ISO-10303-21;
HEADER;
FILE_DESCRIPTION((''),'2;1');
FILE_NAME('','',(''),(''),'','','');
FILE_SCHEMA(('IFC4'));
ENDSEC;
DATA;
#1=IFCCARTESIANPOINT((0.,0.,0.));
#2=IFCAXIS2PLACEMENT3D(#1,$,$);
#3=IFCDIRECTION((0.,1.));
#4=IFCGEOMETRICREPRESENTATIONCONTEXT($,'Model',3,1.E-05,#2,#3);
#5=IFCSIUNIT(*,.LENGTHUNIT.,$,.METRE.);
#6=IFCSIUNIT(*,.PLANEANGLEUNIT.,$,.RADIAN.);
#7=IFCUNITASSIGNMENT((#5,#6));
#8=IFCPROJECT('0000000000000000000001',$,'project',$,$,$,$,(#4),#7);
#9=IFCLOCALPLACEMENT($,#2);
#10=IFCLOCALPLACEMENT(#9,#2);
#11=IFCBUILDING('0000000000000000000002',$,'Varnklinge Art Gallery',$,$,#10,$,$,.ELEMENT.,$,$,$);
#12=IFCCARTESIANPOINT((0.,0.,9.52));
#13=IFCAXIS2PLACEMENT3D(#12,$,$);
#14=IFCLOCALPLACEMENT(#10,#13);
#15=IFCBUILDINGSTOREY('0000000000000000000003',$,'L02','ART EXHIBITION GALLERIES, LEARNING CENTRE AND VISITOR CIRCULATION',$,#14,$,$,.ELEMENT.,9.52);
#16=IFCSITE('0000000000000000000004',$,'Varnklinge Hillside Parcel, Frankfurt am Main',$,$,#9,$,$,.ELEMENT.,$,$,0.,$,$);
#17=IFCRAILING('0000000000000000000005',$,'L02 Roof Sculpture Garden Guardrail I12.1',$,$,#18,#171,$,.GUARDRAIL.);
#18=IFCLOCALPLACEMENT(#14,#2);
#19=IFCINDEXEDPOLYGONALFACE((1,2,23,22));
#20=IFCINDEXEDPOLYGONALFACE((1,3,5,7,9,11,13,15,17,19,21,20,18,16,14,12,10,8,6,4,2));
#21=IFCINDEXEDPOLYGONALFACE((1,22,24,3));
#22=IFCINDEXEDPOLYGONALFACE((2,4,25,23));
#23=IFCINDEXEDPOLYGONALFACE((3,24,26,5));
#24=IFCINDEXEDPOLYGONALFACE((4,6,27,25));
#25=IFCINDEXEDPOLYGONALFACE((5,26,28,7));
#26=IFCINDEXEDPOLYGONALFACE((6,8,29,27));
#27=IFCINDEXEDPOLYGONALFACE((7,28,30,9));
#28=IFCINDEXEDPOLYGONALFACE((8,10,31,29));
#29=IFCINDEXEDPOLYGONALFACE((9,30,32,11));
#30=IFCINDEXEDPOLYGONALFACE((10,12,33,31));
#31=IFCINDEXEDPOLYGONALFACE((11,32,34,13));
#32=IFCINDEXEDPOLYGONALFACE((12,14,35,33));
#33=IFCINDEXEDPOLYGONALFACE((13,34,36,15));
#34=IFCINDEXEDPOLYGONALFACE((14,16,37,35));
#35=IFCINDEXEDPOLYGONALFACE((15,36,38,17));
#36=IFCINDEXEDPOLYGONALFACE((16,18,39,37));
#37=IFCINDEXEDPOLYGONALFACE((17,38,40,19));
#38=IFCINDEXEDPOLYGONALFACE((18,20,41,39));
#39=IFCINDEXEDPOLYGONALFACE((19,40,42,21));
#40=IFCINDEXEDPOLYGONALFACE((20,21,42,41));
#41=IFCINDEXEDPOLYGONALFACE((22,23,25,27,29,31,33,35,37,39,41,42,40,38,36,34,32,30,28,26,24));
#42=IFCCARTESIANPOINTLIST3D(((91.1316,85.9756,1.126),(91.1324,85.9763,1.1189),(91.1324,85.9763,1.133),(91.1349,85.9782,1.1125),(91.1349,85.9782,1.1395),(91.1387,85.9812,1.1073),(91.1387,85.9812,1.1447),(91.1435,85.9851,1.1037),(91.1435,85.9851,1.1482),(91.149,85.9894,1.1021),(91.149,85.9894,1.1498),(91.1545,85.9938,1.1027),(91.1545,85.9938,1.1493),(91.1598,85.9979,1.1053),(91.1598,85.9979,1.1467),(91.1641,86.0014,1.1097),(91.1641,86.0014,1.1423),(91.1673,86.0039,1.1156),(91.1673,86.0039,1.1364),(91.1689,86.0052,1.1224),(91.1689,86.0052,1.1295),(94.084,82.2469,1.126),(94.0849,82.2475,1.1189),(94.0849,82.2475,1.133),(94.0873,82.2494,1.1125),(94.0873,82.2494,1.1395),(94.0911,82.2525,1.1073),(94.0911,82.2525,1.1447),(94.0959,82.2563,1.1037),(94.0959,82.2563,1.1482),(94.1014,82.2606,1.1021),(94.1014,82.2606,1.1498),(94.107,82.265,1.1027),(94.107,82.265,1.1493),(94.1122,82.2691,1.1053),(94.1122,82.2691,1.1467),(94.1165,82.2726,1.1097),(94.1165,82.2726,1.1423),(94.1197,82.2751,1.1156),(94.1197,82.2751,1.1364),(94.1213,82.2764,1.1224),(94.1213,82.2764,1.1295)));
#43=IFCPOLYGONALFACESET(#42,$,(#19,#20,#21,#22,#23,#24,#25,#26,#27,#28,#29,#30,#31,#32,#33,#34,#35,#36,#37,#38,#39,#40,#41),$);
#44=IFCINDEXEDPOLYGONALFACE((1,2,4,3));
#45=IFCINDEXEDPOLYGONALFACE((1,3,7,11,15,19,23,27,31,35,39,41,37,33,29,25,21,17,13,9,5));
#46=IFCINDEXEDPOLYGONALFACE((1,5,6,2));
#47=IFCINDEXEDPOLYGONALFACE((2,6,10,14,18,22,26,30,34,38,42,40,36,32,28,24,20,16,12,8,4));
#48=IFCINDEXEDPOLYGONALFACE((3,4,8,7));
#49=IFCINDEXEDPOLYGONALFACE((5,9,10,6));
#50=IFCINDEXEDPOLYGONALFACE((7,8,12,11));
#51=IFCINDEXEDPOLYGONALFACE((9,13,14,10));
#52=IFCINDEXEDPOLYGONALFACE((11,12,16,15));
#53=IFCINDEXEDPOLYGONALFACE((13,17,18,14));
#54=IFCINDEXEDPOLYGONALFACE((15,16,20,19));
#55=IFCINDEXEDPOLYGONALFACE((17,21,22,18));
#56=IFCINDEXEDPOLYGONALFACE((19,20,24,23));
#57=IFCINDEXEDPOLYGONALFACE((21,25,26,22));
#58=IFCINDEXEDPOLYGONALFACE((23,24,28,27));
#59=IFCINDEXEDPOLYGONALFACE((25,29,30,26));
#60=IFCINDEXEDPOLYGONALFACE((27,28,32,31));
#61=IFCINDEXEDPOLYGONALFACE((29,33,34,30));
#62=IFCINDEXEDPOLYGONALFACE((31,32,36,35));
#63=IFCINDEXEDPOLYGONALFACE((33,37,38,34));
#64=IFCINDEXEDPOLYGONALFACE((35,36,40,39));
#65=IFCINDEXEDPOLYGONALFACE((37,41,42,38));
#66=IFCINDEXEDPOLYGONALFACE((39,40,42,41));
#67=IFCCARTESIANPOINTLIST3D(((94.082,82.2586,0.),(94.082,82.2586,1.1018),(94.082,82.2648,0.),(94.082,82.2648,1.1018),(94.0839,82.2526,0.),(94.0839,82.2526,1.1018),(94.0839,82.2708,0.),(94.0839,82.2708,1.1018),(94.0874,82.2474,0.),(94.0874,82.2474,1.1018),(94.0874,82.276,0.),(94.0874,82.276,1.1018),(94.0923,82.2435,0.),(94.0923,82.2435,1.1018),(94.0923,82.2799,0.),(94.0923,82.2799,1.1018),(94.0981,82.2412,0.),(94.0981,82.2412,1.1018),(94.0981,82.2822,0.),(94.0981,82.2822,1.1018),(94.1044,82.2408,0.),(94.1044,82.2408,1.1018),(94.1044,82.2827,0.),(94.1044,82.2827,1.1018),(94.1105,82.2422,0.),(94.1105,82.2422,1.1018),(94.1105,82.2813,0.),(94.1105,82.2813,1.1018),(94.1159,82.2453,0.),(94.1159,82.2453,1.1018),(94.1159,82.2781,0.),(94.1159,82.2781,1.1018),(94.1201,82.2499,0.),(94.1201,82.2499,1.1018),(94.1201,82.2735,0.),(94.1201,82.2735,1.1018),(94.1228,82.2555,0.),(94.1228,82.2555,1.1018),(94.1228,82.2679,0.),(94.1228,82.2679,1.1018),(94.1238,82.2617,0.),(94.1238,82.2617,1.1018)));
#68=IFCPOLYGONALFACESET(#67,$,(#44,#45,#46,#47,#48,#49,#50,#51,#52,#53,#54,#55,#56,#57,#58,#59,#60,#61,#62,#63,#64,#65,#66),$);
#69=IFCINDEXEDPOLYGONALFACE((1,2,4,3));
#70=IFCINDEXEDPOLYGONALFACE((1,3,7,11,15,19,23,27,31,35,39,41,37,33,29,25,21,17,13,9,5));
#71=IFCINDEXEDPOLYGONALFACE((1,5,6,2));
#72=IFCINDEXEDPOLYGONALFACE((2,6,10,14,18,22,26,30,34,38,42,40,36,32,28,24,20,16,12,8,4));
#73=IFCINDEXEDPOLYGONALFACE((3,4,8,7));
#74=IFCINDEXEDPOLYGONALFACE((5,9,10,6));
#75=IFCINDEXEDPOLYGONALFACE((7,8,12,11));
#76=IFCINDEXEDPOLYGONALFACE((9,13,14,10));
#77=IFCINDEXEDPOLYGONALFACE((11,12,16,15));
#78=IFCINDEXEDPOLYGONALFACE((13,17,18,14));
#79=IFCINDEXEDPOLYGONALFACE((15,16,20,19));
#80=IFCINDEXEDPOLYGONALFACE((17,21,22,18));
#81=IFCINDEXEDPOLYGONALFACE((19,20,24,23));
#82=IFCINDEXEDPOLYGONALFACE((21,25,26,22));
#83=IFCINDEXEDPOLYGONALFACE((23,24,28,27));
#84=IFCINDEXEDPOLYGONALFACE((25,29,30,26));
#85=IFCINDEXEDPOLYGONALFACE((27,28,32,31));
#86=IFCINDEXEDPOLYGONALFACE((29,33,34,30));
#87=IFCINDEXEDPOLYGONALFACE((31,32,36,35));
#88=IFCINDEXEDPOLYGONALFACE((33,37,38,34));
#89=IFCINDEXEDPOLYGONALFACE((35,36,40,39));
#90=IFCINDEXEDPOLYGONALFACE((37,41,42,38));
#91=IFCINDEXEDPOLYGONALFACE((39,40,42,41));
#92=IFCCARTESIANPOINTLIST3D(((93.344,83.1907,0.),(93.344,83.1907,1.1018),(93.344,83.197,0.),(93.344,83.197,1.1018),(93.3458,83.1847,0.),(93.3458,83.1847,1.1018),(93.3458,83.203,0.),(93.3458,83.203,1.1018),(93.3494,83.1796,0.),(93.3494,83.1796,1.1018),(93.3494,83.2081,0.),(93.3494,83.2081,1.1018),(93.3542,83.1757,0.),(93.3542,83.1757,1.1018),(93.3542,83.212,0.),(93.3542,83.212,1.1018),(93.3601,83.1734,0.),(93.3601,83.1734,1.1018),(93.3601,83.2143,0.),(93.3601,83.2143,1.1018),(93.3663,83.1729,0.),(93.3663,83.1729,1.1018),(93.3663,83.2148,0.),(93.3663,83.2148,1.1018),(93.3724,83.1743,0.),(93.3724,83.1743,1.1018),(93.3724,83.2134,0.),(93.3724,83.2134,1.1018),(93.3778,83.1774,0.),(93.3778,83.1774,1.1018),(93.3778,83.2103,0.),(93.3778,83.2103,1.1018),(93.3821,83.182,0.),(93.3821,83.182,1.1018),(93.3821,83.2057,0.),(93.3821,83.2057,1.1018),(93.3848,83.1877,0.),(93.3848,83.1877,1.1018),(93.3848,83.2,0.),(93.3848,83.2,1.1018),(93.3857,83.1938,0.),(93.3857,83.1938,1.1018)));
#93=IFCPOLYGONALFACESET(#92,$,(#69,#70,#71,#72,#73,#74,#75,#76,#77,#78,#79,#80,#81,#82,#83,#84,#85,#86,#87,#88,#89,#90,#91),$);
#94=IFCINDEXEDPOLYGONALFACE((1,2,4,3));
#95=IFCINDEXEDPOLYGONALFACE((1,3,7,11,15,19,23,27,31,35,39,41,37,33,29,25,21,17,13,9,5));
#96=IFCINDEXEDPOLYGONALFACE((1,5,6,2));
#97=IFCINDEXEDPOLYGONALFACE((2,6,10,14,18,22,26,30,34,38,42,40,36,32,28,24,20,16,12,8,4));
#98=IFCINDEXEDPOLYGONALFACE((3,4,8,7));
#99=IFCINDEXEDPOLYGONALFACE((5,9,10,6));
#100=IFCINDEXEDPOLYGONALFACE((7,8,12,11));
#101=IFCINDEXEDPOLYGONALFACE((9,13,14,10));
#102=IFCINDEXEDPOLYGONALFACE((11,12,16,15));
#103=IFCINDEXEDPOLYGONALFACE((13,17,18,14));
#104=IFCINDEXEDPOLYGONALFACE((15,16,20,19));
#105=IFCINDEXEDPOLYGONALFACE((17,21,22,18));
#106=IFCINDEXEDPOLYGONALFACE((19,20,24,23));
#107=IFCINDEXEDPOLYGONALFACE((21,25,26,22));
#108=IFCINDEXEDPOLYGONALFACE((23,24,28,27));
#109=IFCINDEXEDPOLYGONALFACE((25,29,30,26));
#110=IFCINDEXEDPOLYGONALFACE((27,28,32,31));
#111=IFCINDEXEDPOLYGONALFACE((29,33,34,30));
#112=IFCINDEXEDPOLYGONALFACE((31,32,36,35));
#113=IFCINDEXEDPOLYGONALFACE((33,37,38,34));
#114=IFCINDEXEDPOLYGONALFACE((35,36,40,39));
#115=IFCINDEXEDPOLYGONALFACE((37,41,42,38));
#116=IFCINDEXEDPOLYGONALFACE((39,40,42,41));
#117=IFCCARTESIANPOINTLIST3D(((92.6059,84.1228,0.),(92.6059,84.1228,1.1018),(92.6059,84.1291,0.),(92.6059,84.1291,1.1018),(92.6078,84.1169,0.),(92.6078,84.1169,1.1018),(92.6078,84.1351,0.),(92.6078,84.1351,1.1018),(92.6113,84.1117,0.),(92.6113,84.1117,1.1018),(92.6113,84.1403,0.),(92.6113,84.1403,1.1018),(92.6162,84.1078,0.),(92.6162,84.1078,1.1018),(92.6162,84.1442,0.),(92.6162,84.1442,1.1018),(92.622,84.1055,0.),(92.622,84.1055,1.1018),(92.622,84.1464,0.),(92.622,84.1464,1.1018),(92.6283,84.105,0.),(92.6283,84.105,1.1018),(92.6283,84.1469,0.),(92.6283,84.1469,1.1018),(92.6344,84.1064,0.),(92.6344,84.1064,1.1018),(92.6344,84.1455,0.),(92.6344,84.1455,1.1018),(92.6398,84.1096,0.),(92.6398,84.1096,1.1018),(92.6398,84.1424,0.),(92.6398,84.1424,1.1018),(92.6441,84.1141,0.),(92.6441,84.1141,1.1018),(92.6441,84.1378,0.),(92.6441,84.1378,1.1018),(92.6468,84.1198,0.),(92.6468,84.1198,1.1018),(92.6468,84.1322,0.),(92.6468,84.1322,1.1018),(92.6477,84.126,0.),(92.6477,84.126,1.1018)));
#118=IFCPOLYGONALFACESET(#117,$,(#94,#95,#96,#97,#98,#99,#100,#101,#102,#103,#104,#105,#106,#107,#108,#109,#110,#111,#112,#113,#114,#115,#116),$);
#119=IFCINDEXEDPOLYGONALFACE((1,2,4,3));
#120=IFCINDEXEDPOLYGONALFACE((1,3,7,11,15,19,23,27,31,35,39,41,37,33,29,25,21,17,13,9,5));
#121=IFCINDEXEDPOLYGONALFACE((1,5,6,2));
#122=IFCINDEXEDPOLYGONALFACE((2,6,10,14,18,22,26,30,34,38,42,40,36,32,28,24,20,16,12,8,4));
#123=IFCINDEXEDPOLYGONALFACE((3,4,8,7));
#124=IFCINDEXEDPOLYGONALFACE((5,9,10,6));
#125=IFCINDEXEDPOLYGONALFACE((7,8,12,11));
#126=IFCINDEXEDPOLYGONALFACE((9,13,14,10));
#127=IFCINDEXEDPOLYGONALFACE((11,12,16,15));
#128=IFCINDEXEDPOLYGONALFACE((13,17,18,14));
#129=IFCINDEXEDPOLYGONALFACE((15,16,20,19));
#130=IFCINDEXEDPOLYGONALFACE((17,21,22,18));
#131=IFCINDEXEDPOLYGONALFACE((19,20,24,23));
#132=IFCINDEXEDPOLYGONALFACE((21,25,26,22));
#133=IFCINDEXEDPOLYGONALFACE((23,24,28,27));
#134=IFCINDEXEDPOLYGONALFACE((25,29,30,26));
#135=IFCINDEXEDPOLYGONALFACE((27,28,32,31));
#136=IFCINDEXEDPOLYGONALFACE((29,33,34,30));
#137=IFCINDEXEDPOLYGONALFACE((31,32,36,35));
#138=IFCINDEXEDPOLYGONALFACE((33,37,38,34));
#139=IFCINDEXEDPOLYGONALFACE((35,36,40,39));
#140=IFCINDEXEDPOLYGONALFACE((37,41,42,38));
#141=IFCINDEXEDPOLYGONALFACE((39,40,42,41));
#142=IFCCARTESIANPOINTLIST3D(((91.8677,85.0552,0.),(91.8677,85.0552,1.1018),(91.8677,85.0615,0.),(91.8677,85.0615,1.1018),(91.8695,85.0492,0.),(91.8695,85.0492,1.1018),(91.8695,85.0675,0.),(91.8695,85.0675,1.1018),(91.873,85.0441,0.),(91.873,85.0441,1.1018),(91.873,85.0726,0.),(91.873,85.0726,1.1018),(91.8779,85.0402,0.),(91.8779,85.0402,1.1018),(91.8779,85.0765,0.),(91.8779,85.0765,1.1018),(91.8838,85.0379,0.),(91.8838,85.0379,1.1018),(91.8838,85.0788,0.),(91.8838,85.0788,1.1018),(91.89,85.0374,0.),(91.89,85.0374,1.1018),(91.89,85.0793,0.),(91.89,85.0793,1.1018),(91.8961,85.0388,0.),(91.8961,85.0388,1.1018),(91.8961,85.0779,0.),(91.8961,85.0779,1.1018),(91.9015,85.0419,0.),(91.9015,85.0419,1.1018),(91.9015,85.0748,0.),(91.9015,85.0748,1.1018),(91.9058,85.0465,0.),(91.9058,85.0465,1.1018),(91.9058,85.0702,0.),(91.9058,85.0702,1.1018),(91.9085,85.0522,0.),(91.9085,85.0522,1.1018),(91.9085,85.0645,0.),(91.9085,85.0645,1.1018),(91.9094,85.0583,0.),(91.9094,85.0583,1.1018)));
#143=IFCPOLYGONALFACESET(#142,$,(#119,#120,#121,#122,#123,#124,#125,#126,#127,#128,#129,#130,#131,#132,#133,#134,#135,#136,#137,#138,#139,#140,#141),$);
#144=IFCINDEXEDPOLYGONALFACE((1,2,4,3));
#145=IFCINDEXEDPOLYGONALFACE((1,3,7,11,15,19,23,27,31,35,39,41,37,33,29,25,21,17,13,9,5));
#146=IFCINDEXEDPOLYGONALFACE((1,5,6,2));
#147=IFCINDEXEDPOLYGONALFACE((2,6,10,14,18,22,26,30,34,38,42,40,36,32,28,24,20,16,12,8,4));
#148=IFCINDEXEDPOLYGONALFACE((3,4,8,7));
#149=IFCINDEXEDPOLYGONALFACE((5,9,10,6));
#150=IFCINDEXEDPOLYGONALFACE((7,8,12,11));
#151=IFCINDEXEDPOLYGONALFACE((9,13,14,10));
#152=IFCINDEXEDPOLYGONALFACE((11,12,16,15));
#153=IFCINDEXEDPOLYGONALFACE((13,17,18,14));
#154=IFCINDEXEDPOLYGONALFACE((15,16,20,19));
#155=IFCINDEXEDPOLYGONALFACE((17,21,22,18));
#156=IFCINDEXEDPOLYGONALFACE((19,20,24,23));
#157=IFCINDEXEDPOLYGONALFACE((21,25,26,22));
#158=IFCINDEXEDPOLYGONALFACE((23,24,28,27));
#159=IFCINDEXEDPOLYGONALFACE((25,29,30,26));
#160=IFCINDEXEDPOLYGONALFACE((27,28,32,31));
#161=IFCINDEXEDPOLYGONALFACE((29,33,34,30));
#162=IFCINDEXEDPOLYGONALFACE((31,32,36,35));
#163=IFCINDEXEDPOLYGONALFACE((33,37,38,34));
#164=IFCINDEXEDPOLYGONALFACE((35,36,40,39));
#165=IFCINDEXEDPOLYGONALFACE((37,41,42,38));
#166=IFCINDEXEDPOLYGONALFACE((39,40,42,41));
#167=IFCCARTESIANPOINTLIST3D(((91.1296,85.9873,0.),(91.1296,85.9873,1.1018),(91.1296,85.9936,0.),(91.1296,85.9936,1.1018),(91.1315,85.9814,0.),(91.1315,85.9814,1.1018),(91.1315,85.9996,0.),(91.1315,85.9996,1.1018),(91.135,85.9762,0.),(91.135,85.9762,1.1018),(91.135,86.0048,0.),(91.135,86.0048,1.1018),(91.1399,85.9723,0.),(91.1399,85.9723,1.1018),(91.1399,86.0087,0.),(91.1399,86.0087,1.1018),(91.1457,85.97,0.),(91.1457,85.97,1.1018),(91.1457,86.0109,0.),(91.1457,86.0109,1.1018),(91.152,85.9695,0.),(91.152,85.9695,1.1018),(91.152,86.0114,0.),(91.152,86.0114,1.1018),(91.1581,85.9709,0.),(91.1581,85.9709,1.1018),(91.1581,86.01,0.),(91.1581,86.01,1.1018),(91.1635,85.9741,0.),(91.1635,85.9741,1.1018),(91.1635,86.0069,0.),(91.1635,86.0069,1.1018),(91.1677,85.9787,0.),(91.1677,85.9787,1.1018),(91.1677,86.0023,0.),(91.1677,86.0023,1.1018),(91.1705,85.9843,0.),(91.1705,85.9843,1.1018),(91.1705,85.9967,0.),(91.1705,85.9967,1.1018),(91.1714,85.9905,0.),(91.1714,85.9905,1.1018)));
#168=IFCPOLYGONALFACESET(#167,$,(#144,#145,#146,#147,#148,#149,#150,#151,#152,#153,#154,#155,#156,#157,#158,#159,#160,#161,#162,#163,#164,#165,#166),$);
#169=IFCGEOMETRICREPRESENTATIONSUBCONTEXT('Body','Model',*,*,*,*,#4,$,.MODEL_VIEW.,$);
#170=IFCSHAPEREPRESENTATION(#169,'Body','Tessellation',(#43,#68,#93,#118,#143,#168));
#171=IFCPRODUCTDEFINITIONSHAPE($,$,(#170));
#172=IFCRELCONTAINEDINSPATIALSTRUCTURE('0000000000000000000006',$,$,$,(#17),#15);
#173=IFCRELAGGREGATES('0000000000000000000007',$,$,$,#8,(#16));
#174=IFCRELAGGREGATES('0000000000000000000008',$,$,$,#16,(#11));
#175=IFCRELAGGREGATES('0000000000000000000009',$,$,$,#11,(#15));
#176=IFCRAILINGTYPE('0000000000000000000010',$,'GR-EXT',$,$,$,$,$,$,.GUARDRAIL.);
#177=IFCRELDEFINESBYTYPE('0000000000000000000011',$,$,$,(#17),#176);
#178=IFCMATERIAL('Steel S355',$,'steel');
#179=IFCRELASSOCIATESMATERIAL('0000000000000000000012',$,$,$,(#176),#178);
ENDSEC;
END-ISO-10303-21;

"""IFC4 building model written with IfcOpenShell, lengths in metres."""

from ifc_helpers import new_model, si_unit, direction, frame, origin, origin_2d, place, context, subcontext, project, spatial, circle, extrude, material, type_object, element, save


model = new_model("IFC4")

# Units and contexts
model_context = context("Model", 3, precision=1e-05, world=origin(), true_north=direction((0.0, 1.0)))
body_context = subcontext(model_context, "Body", "Model", "MODEL_VIEW")
ifc_project = project(units=[si_unit("LENGTHUNIT", "METRE"), si_unit("PLANEANGLEUNIT", "RADIAN")], contexts=[model_context])

# Site, building, storey
site_placement = place(None, origin())
site = spatial("IfcSite", under=ifc_project, at=site_placement, Name="Varnklinge Hillside Parcel, Frankfurt am Main", CompositionType="ELEMENT", RefElevation=0.0)
building_placement = place(site_placement, origin())
building = spatial("IfcBuilding", under=site, at=building_placement, Name="Varnklinge Art Gallery", CompositionType="ELEMENT")
storey_placement = place(building_placement, frame((0.0, 0.0, 9.52)))
storey = spatial("IfcBuildingStorey", under=building, at=storey_placement, Name="L02", Description="ART EXHIBITION GALLERIES, LEARNING CENTRE AND VISITOR CIRCULATION", CompositionType="ELEMENT", Elevation=9.52)

# Railing
ifc_material_1 = material(Name="Steel S355", Category="steel")
railing_type = type_object("IfcRailingType", Name="GR-EXT", PredefinedType="GUARDRAIL", material=ifc_material_1)
railing_1_placement = place(storey_placement, frame((94.1028, 82.2617, 0.0)))
element("IfcRailing", 1, at=railing_1_placement, inside=storey, type_object=railing_type, Name="L02 Roof Sculpture Garden Guardrail I12.1", PredefinedType="GUARDRAIL", context=body_context, shape_type="SweptSolid", body=[
    extrude(circle(Radius=0.0239, at=origin_2d()), frame((0.0, 0.0, 1.126), z_axis=(-0.620762, 0.783999, 0.0), x_axis=(-0.783999, -0.620762, 0.0)), (0.0, 0.0, 1.0), 4.7561),
    extrude(circle(Radius=0.021, at=origin_2d()), origin(), (0.0, 0.0, 1.0), 1.1018),
    extrude(circle(Radius=0.021, at=origin_2d()), frame((-0.738, 0.9321, 0.0)), (0.0, 0.0, 1.0), 1.1018),
    extrude(circle(Radius=0.021, at=origin_2d()), frame((-1.4761, 1.8643, 0.0)), (0.0, 0.0, 1.0), 1.1018),
    extrude(circle(Radius=0.021, at=origin_2d()), frame((-2.2144, 2.7966, 0.0)), (0.0, 0.0, 1.0), 1.1018),
    extrude(circle(Radius=0.021, at=origin_2d()), frame((-2.9524, 3.7288, 0.0)), (0.0, 0.0, 1.0), 1.1018),
])

save(model, "model.ifc")
